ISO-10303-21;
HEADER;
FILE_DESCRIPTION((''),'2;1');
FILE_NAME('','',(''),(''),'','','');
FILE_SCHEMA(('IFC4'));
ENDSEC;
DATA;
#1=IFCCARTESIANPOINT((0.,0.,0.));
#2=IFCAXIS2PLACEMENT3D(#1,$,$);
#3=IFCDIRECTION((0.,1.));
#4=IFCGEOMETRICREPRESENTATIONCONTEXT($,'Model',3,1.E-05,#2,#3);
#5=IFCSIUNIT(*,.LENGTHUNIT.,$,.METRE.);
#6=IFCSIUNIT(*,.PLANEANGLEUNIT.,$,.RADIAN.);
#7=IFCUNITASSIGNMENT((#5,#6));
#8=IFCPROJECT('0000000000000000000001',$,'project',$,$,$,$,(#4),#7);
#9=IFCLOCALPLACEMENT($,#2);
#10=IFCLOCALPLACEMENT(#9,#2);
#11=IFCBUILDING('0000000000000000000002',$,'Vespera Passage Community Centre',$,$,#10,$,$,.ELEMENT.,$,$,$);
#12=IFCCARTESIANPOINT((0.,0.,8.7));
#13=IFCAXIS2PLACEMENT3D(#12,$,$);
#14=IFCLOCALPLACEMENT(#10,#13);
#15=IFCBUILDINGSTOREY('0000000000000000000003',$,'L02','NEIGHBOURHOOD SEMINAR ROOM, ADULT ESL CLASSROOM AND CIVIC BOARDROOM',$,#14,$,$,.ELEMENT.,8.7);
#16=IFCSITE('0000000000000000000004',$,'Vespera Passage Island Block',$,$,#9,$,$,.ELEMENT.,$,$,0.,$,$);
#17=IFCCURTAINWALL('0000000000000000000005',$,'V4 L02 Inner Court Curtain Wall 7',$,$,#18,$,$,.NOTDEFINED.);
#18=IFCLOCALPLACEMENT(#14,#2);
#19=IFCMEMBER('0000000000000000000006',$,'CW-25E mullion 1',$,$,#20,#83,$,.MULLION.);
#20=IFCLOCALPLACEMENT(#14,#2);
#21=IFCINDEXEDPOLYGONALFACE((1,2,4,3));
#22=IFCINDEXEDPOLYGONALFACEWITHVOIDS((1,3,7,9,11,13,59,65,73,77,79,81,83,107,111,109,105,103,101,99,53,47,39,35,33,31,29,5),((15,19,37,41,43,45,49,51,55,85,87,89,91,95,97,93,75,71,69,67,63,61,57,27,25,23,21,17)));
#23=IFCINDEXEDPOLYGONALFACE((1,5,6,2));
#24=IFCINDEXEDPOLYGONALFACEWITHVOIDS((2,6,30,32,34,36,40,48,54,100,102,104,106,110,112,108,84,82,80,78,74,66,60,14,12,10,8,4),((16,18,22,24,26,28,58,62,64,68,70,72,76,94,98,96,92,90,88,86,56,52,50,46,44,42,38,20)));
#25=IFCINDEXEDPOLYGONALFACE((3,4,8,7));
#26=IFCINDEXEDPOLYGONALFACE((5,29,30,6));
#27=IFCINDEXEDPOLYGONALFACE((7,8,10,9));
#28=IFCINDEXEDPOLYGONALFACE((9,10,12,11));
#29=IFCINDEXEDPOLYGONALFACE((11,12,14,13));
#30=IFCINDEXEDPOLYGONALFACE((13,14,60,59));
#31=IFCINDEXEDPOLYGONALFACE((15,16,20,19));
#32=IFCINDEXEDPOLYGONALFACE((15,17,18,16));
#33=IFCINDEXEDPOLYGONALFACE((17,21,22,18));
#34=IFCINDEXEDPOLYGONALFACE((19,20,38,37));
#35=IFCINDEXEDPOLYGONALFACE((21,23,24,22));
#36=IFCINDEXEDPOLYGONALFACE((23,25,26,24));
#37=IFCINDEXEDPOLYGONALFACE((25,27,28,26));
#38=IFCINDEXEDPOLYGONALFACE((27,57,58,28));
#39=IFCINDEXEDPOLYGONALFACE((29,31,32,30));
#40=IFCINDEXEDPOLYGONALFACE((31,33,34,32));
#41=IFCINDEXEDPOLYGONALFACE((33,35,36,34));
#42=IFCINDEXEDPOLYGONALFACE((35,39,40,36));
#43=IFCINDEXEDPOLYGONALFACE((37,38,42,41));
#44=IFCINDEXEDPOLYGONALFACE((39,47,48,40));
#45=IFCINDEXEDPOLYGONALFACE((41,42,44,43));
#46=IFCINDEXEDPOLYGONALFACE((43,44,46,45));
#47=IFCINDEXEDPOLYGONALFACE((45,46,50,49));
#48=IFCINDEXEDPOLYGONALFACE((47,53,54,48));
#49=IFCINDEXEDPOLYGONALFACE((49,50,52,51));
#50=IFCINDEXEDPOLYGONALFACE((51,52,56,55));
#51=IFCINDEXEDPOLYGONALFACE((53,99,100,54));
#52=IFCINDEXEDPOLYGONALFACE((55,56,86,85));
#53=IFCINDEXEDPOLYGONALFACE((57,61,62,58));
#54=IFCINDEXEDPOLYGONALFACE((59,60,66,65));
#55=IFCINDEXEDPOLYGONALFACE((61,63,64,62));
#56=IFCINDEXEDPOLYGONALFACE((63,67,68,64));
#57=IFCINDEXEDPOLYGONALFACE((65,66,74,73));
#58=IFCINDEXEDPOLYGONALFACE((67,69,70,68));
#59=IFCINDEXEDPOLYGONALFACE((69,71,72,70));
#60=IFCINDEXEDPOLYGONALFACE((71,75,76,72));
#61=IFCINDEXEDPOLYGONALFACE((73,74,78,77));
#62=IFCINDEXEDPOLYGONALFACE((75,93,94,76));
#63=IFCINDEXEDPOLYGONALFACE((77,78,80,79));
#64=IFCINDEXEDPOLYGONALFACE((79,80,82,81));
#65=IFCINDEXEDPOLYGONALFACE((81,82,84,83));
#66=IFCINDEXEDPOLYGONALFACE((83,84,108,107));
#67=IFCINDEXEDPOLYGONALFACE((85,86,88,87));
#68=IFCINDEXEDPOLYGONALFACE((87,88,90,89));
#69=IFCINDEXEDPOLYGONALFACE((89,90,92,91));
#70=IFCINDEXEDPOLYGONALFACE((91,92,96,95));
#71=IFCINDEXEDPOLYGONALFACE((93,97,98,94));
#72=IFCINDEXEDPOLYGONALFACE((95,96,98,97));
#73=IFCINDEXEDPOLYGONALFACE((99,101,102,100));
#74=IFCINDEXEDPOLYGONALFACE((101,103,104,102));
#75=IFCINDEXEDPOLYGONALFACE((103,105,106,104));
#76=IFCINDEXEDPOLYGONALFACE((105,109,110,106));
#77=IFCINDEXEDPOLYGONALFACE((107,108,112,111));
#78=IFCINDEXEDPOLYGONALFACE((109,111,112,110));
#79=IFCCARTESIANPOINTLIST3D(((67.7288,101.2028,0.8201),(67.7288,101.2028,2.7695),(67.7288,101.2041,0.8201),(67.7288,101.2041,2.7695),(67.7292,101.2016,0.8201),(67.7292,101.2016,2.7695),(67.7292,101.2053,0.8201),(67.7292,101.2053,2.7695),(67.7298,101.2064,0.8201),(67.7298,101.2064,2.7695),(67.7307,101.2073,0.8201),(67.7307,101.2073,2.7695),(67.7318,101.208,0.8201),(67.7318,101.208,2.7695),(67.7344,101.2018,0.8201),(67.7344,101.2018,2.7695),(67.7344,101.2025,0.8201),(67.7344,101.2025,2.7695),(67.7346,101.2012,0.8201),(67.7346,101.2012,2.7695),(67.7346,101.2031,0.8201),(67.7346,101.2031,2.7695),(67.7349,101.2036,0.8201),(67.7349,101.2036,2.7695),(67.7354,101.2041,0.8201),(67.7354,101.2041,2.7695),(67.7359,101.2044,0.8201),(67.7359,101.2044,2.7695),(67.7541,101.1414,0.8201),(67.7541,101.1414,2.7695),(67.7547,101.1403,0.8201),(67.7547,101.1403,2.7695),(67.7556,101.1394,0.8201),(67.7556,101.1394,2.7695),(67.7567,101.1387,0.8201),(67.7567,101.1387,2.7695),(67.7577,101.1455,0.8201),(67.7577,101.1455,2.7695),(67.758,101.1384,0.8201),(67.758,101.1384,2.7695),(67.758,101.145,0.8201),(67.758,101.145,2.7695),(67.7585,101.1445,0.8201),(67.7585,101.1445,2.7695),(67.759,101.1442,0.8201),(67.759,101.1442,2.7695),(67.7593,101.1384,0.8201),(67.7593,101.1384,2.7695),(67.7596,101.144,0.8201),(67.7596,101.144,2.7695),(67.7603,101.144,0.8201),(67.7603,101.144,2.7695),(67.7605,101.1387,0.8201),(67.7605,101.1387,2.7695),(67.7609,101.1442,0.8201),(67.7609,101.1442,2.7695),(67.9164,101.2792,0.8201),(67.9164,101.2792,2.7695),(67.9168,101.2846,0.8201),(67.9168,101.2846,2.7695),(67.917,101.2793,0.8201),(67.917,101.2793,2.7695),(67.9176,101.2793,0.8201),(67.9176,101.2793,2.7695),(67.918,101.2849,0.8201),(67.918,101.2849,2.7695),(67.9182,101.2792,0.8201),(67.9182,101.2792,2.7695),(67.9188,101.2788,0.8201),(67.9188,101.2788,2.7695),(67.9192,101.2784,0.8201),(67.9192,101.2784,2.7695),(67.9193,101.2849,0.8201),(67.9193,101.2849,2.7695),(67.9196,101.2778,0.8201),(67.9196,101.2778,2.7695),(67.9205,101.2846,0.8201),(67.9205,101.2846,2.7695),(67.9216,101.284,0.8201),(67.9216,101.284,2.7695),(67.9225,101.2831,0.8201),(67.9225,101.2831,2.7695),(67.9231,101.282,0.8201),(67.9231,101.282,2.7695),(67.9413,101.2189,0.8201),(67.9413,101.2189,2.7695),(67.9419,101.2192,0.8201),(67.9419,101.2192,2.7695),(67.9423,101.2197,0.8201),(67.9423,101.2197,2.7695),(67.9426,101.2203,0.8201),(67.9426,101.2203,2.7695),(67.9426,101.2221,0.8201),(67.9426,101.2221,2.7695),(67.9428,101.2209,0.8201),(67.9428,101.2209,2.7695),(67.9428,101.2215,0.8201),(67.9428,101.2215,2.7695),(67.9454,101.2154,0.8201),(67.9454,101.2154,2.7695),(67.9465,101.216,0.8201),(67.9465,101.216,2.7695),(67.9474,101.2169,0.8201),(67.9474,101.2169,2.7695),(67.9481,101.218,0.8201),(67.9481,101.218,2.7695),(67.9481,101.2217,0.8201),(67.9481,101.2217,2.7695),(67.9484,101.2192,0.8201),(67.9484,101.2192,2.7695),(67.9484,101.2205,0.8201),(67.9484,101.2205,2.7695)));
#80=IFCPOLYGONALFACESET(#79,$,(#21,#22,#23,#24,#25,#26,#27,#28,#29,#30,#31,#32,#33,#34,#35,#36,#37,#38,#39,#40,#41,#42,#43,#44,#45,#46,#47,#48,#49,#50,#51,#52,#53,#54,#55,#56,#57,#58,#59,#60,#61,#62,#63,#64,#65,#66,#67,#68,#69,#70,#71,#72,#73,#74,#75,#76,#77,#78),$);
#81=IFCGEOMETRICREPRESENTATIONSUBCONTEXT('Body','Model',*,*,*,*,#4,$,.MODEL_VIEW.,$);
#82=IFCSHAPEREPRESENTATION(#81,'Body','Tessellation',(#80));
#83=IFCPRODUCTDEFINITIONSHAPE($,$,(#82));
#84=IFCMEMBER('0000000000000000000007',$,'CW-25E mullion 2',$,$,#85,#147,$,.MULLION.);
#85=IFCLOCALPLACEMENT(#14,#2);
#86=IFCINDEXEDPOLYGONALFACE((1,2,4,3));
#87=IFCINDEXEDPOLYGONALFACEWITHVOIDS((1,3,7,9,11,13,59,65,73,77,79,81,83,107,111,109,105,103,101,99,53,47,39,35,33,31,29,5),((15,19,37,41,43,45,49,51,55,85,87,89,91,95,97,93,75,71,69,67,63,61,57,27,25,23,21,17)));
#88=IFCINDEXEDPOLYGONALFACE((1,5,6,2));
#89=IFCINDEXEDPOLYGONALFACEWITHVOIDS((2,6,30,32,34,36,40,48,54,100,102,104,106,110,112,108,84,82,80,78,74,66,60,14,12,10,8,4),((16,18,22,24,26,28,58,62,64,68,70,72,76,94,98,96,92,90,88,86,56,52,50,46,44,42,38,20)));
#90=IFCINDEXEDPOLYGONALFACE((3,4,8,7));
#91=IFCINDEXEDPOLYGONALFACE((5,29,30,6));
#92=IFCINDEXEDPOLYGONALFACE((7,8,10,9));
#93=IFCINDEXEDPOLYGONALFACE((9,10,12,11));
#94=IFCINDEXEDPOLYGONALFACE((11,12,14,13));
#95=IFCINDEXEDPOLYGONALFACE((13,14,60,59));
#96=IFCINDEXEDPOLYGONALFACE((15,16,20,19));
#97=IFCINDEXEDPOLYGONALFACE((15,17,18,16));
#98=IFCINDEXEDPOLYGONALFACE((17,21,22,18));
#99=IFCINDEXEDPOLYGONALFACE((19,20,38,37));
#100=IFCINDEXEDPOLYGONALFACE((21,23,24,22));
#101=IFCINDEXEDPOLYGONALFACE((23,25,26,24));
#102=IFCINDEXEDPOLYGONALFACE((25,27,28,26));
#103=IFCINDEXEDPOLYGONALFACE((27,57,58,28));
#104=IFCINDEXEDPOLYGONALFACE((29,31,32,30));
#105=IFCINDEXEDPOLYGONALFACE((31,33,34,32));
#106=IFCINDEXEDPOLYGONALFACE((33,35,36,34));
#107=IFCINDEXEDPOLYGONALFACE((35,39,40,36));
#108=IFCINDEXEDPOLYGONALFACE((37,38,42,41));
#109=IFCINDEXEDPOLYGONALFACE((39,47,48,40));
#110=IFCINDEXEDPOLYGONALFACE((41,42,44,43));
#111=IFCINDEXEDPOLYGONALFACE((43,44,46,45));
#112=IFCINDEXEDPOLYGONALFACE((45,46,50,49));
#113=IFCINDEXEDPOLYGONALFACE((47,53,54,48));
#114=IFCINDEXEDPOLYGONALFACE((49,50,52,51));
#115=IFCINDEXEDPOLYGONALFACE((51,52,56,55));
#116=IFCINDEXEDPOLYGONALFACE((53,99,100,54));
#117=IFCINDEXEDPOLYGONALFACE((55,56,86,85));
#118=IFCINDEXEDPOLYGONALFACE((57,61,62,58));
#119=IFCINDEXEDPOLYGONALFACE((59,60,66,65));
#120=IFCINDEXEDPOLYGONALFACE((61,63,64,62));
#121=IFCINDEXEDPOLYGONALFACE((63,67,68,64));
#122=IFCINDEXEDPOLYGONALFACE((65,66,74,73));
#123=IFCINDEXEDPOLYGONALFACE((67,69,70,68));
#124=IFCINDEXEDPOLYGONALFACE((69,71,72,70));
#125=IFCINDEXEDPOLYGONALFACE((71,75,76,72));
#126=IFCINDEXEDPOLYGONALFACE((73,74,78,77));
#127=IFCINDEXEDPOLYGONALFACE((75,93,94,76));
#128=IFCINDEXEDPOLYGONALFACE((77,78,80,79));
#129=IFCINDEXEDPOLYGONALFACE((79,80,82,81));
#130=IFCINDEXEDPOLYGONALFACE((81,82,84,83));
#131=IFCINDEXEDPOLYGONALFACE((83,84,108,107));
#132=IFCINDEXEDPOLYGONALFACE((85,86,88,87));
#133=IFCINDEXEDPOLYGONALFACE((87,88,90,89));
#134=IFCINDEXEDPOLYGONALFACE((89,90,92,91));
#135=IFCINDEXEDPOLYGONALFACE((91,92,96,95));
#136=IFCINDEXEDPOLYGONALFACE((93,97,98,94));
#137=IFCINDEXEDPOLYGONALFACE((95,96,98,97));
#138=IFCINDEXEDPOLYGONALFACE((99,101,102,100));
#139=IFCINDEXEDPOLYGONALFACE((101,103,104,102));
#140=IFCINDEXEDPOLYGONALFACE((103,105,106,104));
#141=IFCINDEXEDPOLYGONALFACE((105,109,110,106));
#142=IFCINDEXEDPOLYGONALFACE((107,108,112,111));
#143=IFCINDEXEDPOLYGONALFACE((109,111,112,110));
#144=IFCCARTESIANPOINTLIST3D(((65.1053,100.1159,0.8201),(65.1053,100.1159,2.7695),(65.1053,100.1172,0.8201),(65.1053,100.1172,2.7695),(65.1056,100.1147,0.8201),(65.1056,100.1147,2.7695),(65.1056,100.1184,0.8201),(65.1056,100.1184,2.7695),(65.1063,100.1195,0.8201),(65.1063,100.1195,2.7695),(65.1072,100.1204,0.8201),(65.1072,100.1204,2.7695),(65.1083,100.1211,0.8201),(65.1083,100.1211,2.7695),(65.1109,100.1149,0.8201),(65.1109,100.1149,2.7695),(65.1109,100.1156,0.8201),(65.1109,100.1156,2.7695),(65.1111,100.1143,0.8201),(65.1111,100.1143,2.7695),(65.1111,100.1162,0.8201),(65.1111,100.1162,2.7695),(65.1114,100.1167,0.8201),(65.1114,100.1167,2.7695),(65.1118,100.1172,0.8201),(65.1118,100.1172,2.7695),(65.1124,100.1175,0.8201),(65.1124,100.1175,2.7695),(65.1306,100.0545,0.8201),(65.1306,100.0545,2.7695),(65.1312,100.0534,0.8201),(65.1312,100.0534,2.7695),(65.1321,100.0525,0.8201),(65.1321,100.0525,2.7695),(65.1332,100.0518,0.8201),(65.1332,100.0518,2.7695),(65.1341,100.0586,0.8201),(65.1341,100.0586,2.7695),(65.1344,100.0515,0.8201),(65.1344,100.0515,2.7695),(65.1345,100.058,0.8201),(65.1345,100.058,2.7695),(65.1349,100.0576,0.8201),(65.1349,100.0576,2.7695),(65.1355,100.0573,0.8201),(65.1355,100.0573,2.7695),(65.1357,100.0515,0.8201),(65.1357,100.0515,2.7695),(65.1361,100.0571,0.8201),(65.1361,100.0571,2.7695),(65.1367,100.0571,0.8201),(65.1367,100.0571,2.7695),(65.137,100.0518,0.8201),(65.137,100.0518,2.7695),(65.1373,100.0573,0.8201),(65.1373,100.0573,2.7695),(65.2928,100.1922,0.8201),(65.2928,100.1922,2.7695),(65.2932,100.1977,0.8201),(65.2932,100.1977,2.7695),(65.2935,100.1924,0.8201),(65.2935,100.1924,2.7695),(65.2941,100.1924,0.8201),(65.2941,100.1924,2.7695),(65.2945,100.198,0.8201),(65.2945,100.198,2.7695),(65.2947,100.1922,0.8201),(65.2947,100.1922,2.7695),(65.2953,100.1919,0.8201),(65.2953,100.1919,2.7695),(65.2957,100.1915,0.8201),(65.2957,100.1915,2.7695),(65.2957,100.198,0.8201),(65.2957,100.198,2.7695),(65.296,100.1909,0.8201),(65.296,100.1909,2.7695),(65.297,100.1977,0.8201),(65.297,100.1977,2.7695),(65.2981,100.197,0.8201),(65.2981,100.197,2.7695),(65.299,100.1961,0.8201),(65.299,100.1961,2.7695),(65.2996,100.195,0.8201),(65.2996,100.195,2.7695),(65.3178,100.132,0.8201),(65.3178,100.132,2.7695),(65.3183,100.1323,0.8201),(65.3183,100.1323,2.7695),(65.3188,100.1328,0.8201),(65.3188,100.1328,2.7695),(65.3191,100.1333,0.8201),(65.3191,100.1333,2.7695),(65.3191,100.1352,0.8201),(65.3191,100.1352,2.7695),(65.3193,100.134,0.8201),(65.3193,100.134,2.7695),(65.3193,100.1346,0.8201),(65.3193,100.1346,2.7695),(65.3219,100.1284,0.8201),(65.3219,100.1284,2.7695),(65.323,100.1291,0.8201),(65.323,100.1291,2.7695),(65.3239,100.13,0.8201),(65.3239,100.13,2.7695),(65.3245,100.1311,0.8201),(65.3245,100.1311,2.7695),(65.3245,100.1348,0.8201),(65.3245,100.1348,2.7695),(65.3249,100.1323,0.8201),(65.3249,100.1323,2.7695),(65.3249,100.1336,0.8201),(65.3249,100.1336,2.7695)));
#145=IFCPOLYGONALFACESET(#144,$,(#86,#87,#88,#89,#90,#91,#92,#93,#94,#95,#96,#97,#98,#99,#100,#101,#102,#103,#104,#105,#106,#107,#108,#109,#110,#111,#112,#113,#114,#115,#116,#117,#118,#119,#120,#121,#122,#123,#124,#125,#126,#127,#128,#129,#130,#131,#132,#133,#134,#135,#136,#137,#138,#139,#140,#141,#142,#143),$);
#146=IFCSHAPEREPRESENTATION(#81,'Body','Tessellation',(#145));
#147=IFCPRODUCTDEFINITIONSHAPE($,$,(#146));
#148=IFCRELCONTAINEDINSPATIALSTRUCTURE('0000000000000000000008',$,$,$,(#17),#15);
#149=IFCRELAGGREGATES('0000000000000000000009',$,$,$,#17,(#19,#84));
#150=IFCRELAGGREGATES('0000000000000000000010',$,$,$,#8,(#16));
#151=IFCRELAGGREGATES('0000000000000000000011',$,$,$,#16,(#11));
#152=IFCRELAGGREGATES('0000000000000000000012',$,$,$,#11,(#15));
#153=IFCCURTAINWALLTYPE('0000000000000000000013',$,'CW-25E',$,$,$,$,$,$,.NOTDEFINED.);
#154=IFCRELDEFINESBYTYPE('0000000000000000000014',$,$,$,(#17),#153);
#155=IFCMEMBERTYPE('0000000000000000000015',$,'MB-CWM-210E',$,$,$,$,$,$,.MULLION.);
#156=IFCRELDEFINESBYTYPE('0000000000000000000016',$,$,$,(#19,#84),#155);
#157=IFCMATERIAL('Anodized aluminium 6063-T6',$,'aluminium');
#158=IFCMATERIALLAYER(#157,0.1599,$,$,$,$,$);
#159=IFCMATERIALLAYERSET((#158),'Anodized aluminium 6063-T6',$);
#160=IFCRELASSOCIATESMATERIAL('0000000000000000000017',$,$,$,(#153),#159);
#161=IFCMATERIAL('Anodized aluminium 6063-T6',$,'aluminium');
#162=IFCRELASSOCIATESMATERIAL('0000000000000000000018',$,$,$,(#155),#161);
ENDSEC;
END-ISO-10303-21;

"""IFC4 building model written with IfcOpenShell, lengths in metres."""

from ifc_helpers import new_model, si_unit, direction, frame, origin, origin_2d, place, context, subcontext, project, spatial, hollow_rectangle, extrude, material, layer, layer_set, material_profile, profile_set, type_object, element, aggregate, save


model = new_model("IFC4")

# Units and contexts
model_context = context("Model", 3, precision=1e-05, world=origin(), true_north=direction((0.0, 1.0)))
body_context = subcontext(model_context, "Body", "Model", "MODEL_VIEW")
ifc_project = project(units=[si_unit("LENGTHUNIT", "METRE"), si_unit("PLANEANGLEUNIT", "RADIAN")], contexts=[model_context])

# Site, building, storey
site_placement = place(None, origin())
site = spatial("IfcSite", under=ifc_project, at=site_placement, Name="Vespera Passage Island Block", CompositionType="ELEMENT", RefElevation=0.0)
building_placement = place(site_placement, origin())
building = spatial("IfcBuilding", under=site, at=building_placement, Name="Vespera Passage Community Centre", CompositionType="ELEMENT")
storey_placement = place(building_placement, frame((0.0, 0.0, 8.7)))
storey = spatial("IfcBuildingStorey", under=building, at=storey_placement, Name="L02", Description="NEIGHBOURHOOD SEMINAR ROOM, ADULT ESL CLASSROOM AND CIVIC BOARDROOM", CompositionType="ELEMENT", Elevation=8.7)

# Curtain wall, members
ifc_material_1 = material(Name="Anodized aluminium 6063-T6", Category="aluminium")
ifc_layer_1 = layer(ifc_material_1, 0.1599)
ifc_layer_set_1 = layer_set([ifc_layer_1], Name="Anodized aluminium 6063-T6")
curtain_wall_type_1 = type_object("IfcCurtainWallType", Name="CW-25E", PredefinedType="NOTDEFINED", material=ifc_layer_set_1)
curtain_wall_1_placement = place(storey_placement, origin())
curtain_wall_1 = element("IfcCurtainWall", 1, at=curtain_wall_1_placement, inside=storey, type_object=curtain_wall_type_1, Name="V4 L02 Inner Court Curtain Wall 7", PredefinedType="NOTDEFINED")
ifc_material_2 = material(Name="Anodized aluminium 6063-T6", Category="aluminium")
ifc_material_profile_1 = material_profile(ifc_material_2, hollow_rectangle(XDim=0.075, YDim=0.21, WallThickness=0.0049, InnerFilletRadius=0.0024, OuterFilletRadius=0.0049, at=origin_2d()), Name="ALU210X75X5")
ifc_profile_set_1 = profile_set([ifc_material_profile_1], Name="Anodized aluminium 6063-T6")
member_type_1 = type_object("IfcMemberType", Name="MB-CWM-210E", PredefinedType="MULLION", material=ifc_profile_set_1)
member_1_placement = place(storey_placement, frame((67.8386, 101.2117, 0.8201), z_axis=(0.0, 0.0, 1.0), x_axis=(0.38269, -0.923877, 0.0)))
member_1 = element("IfcMember", 2, at=member_1_placement, type_object=member_type_1, Name="CW-25E mullion 1", PredefinedType="MULLION", context=body_context, shape_type="SweptSolid", body=[
    extrude(hollow_rectangle(XDim=0.075, YDim=0.21, WallThickness=0.0049, InnerFilletRadius=0.0024, OuterFilletRadius=0.0049, at=origin_2d()), origin(), (0.0, 0.0, 1.0), 1.9495),
])
member_2_placement = place(storey_placement, frame((65.2151, 100.1248, 0.8201), z_axis=(0.0, 0.0, 1.0), x_axis=(0.38269, -0.923877, 0.0)))
member_2 = element("IfcMember", 3, at=member_2_placement, type_object=member_type_1, Name="CW-25E mullion 2", PredefinedType="MULLION", context=body_context, shape_type="SweptSolid", body=[
    extrude(hollow_rectangle(XDim=0.075, YDim=0.21, WallThickness=0.0049, InnerFilletRadius=0.0024, OuterFilletRadius=0.0049, at=origin_2d()), origin(), (0.0, 0.0, 1.0), 1.9495),
])

aggregate(curtain_wall_1, [member_1, member_2])

save(model, "model.ifc")
